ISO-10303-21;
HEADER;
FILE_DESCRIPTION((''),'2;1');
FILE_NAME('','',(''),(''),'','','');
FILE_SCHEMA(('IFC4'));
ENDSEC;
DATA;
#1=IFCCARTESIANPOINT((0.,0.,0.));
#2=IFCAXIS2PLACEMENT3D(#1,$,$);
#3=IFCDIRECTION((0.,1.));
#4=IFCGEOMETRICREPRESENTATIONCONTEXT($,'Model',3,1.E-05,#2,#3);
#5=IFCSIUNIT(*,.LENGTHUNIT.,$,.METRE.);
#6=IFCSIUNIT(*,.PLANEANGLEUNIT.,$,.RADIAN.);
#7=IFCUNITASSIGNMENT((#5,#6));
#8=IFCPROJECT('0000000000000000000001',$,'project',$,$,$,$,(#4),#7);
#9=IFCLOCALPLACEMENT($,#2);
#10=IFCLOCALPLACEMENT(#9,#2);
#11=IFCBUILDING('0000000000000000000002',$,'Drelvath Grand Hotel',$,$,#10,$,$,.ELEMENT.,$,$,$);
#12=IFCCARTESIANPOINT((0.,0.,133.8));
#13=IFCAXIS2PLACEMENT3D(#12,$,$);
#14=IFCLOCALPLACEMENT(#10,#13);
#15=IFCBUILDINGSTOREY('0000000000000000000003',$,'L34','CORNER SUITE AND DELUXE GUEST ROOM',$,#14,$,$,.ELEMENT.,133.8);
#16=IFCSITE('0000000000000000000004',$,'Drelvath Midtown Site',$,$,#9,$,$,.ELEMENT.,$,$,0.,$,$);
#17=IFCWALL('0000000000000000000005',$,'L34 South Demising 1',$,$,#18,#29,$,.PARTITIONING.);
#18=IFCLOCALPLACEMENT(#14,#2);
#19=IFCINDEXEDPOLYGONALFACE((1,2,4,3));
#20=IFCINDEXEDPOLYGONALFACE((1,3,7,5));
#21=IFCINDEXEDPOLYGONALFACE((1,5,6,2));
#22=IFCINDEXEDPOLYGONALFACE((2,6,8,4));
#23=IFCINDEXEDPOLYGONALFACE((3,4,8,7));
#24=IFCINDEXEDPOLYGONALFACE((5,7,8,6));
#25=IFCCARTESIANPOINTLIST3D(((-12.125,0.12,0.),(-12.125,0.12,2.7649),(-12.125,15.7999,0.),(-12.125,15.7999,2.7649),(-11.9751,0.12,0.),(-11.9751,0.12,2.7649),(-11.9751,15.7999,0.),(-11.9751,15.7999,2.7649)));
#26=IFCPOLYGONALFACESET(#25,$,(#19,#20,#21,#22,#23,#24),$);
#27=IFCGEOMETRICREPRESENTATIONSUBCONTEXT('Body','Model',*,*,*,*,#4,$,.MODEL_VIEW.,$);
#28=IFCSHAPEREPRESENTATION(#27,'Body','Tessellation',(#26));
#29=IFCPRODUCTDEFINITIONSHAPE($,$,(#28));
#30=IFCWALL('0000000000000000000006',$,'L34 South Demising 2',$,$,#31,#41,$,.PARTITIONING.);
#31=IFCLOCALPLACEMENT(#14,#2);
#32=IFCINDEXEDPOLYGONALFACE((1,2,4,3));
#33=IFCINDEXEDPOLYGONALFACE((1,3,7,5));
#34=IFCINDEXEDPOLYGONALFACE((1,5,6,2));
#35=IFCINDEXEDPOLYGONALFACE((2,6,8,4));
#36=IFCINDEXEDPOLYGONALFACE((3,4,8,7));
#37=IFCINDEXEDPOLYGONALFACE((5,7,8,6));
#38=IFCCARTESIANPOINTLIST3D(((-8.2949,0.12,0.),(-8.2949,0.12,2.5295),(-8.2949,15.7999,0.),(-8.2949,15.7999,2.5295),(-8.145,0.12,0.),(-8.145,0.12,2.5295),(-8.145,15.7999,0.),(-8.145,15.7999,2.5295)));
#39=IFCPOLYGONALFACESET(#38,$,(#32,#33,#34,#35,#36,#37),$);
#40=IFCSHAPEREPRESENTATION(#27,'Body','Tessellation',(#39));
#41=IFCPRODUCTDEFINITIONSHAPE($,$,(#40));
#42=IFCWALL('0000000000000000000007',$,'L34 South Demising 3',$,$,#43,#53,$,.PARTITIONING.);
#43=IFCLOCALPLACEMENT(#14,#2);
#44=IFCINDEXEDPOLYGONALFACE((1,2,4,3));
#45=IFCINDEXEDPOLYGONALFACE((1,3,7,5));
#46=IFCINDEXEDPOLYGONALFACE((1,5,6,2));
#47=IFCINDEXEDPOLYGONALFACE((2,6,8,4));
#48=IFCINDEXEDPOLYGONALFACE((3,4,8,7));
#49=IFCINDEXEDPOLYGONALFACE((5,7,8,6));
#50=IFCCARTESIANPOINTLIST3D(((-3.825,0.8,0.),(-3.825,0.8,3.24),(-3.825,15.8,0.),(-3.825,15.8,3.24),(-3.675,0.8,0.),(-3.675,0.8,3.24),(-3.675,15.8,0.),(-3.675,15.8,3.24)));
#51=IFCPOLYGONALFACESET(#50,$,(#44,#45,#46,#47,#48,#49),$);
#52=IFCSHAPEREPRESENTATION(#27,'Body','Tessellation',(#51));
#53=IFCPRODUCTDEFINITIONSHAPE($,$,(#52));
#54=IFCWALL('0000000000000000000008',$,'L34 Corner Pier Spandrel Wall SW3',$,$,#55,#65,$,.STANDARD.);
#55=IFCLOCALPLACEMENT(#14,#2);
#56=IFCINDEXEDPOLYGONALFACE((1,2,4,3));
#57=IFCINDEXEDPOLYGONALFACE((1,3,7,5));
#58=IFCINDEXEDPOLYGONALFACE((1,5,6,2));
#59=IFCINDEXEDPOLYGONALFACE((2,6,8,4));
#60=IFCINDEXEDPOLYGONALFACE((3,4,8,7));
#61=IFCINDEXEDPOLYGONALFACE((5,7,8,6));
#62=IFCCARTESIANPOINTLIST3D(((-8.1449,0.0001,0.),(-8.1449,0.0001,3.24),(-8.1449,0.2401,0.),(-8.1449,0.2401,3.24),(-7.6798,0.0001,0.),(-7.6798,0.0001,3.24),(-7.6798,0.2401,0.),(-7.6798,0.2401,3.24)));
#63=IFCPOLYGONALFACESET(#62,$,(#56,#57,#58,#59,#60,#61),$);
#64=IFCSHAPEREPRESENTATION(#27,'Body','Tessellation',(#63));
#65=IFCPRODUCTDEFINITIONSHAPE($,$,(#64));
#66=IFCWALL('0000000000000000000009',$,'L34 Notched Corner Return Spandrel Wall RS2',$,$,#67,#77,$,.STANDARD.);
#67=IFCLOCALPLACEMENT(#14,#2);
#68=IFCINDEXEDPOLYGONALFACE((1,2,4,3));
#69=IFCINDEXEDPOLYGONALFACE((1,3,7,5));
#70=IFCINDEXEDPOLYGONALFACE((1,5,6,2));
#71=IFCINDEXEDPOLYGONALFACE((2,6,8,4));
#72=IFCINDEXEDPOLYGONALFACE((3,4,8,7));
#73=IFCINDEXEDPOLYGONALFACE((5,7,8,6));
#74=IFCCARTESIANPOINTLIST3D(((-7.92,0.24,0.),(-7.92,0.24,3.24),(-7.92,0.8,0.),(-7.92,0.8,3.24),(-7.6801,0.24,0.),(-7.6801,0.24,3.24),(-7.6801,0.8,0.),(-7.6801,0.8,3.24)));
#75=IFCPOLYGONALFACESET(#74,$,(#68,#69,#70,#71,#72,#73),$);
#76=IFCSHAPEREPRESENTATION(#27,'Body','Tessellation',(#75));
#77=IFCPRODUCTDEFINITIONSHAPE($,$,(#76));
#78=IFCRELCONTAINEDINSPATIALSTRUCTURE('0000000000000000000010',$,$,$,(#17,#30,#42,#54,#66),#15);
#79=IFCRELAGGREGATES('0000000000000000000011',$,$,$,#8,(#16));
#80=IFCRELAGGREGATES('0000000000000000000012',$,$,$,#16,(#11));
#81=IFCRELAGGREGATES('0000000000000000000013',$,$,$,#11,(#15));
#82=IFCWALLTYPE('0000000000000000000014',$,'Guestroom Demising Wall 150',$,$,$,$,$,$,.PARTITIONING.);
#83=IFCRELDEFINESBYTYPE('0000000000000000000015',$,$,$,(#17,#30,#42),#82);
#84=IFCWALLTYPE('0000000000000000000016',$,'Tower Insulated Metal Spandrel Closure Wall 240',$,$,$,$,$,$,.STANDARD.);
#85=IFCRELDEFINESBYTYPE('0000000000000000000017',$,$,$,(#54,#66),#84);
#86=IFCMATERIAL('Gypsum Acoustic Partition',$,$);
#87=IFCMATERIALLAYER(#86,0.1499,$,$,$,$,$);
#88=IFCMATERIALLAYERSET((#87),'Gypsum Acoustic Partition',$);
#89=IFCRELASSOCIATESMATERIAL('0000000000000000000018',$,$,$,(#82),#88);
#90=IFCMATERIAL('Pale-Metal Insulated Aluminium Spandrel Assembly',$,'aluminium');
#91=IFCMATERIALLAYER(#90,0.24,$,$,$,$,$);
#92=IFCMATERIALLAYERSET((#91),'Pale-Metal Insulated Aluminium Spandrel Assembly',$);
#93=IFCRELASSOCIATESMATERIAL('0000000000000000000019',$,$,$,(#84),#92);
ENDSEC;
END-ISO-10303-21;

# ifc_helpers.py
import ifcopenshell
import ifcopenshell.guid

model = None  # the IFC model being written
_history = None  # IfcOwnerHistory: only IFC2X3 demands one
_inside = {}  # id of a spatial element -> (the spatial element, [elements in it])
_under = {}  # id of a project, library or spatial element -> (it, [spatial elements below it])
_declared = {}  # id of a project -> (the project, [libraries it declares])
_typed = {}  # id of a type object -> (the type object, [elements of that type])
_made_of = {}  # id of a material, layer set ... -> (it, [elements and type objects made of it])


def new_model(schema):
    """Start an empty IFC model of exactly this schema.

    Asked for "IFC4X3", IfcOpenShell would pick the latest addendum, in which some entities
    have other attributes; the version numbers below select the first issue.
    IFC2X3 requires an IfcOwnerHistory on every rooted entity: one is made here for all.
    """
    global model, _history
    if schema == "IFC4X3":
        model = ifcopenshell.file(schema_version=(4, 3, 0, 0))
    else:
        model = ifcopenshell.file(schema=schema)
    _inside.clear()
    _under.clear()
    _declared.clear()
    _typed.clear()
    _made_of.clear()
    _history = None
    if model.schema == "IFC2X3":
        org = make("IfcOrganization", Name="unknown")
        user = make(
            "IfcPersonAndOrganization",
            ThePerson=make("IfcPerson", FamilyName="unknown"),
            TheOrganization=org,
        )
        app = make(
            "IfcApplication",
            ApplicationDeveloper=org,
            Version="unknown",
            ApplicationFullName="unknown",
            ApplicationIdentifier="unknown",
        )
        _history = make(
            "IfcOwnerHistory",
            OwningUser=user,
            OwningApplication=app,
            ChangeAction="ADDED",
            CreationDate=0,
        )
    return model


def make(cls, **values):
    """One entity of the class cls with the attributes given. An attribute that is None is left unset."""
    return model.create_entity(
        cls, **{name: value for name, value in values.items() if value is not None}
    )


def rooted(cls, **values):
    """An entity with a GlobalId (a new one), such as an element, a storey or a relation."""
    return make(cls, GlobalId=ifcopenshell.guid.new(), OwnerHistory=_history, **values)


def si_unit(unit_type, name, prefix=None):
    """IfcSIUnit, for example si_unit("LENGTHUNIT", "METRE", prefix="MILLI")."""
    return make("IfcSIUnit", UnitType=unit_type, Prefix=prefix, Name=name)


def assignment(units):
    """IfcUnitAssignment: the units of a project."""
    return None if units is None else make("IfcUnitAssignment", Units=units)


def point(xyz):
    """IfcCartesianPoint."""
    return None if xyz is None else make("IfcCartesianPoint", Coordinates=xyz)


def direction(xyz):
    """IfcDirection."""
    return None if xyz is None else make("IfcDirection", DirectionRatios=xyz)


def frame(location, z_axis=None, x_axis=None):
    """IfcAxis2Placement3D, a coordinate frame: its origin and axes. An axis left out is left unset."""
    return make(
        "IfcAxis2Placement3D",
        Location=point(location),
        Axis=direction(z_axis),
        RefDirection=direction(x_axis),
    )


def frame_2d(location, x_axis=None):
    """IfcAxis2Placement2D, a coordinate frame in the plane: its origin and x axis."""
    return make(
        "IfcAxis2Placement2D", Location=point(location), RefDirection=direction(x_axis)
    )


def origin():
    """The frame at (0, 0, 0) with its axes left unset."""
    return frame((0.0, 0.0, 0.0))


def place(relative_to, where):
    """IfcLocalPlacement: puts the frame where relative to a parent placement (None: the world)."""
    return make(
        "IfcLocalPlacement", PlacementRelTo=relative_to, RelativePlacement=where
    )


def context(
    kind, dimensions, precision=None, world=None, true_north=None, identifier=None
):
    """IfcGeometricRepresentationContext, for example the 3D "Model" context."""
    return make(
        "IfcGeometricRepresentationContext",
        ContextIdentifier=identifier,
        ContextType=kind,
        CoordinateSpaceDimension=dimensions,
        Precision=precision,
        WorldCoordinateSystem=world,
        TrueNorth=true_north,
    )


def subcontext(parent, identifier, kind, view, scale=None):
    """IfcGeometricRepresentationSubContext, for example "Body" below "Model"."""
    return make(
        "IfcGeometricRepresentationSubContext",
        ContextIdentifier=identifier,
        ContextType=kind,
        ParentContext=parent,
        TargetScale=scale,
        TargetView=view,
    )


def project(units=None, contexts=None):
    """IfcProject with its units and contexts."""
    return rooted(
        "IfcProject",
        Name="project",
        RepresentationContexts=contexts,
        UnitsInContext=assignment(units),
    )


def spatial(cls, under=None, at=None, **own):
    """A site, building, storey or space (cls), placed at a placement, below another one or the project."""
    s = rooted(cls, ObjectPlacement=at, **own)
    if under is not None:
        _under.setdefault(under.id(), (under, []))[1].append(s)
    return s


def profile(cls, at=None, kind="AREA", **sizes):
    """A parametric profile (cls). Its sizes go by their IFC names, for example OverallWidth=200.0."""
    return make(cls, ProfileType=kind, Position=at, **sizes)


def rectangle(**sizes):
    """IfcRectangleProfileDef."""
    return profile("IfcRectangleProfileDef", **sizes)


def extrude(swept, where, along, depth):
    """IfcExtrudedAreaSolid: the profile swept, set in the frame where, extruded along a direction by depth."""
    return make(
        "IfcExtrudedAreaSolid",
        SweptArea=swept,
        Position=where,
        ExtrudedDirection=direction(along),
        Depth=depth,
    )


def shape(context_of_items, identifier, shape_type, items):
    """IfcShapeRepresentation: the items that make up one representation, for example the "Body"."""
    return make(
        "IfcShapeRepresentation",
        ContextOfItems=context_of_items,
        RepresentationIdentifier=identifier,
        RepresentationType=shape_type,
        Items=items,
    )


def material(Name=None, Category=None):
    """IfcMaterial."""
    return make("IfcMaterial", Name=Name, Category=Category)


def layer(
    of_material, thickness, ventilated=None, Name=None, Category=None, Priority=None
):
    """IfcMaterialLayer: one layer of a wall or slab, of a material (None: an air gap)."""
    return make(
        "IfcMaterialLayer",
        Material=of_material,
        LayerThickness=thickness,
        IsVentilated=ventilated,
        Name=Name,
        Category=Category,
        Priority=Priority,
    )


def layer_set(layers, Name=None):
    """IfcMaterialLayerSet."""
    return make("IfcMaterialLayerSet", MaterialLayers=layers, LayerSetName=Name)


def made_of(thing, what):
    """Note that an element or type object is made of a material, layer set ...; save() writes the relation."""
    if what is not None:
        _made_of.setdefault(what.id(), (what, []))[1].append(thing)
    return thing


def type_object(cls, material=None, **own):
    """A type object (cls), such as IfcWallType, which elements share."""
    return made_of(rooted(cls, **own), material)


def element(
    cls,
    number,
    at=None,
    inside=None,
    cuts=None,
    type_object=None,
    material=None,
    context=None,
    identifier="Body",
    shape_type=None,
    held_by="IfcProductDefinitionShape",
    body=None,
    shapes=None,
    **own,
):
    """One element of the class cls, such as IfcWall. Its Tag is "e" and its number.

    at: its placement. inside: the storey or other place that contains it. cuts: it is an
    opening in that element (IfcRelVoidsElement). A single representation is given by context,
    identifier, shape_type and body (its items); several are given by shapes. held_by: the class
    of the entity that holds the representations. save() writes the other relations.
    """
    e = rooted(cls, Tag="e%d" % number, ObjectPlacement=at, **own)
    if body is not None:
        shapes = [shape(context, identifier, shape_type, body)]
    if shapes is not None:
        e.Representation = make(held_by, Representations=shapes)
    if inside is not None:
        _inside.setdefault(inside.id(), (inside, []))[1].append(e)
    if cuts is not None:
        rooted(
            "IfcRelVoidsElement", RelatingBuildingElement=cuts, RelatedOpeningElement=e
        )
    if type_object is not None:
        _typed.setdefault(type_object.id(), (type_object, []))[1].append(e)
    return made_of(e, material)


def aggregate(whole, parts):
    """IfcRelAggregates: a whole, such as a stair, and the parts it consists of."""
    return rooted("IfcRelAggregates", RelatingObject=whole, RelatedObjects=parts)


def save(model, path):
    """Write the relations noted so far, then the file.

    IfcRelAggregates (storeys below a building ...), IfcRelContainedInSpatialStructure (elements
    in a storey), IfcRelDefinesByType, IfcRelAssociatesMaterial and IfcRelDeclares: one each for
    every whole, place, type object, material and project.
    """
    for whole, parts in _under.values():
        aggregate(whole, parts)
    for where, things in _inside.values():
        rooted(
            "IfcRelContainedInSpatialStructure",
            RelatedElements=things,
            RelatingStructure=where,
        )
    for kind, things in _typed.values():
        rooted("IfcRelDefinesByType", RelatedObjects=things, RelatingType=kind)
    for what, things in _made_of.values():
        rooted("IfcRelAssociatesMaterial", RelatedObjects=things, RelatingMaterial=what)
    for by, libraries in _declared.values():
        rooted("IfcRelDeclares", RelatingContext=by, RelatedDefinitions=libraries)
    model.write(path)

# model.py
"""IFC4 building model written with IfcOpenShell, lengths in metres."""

from ifc_helpers import new_model, si_unit, direction, frame, frame_2d, origin, place, context, subcontext, project, spatial, rectangle, extrude, material, layer, layer_set, type_object, element, save


model = new_model("IFC4")

# Units and contexts
model_context = context("Model", 3, precision=1e-05, world=origin(), true_north=direction((0.0, 1.0)))
body_context = subcontext(model_context, "Body", "Model", "MODEL_VIEW")
ifc_project = project(units=[si_unit("LENGTHUNIT", "METRE"), si_unit("PLANEANGLEUNIT", "RADIAN")], contexts=[model_context])

# Site, building, storey
site_placement = place(None, origin())
site = spatial("IfcSite", under=ifc_project, at=site_placement, Name="Drelvath Midtown Site", CompositionType="ELEMENT", RefElevation=0.0)
building_placement = place(site_placement, origin())
building = spatial("IfcBuilding", under=site, at=building_placement, Name="Drelvath Grand Hotel", CompositionType="ELEMENT")
storey_placement = place(building_placement, frame((0.0, 0.0, 133.8)))
storey = spatial("IfcBuildingStorey", under=building, at=storey_placement, Name="L34", Description="CORNER SUITE AND DELUXE GUEST ROOM", CompositionType="ELEMENT", Elevation=133.8)

# Walls
ifc_material_1 = material(Name="Gypsum Acoustic Partition")
ifc_layer_1 = layer(ifc_material_1, 0.1499)
ifc_layer_set_1 = layer_set([ifc_layer_1], Name="Gypsum Acoustic Partition")
wall_type_1 = type_object("IfcWallType", Name="Guestroom Demising Wall 150", PredefinedType="PARTITIONING", material=ifc_layer_set_1)
wall_1_placement = place(storey_placement, frame((-12.05, 0.1201, 0.0), z_axis=(0.0, 0.0, 1.0), x_axis=(0.0, 1.0, 0.0)))
element("IfcWall", 1, at=wall_1_placement, inside=storey, type_object=wall_type_1, Name="L34 South Demising 1", PredefinedType="PARTITIONING", context=body_context, shape_type="SweptSolid", body=[
    extrude(rectangle(XDim=15.6799, YDim=0.1499, at=frame_2d((7.8398, 0.0))), origin(), (0.0, 0.0, 1.0), 2.7649),
])
wall_2_placement = place(storey_placement, frame((-8.22, 0.1201, 0.0), z_axis=(0.0, 0.0, 1.0), x_axis=(0.0, 1.0, 0.0)))
element("IfcWall", 2, at=wall_2_placement, inside=storey, type_object=wall_type_1, Name="L34 South Demising 2", PredefinedType="PARTITIONING", context=body_context, shape_type="SweptSolid", body=[
    extrude(rectangle(XDim=15.6799, YDim=0.1499, at=frame_2d((7.8398, 0.0))), origin(), (0.0, 0.0, 1.0), 2.5295),
])
wall_3_placement = place(storey_placement, frame((-3.75, 0.8, 0.0), z_axis=(0.0, 0.0, 1.0), x_axis=(0.0, 1.0, 0.0)))
element("IfcWall", 3, at=wall_3_placement, inside=storey, type_object=wall_type_1, Name="L34 South Demising 3", PredefinedType="PARTITIONING", context=body_context, shape_type="SweptSolid", body=[
    extrude(rectangle(XDim=15.0, YDim=0.1499, at=frame_2d((7.5, 0.0))), origin(), (0.0, 0.0, 1.0), 3.24),
])
ifc_material_2 = material(Name="Pale-Metal Insulated Aluminium Spandrel Assembly", Category="aluminium")
ifc_layer_2 = layer(ifc_material_2, 0.24)
ifc_layer_set_2 = layer_set([ifc_layer_2], Name="Pale-Metal Insulated Aluminium Spandrel Assembly")
wall_type_2 = type_object("IfcWallType", Name="Tower Insulated Metal Spandrel Closure Wall 240", PredefinedType="STANDARD", material=ifc_layer_set_2)
wall_4_placement = place(storey_placement, frame((-7.6799, 0.1201, 0.0), z_axis=(0.0, 0.0, 1.0), x_axis=(-1.0, 0.0, 0.0)))
element("IfcWall", 4, at=wall_4_placement, inside=storey, type_object=wall_type_2, Name="L34 Corner Pier Spandrel Wall SW3", PredefinedType="STANDARD", context=body_context, shape_type="SweptSolid", body=[
    extrude(rectangle(XDim=0.4651, YDim=0.24, at=frame_2d((0.2324, 0.0))), origin(), (0.0, 0.0, 1.0), 3.24),
])
wall_5_placement = place(storey_placement, frame((-7.8, 0.8, 0.0), z_axis=(0.0, 0.0, 1.0), x_axis=(0.0, -1.0, 0.0)))
element("IfcWall", 5, at=wall_5_placement, inside=storey, type_object=wall_type_2, Name="L34 Notched Corner Return Spandrel Wall RS2", PredefinedType="STANDARD", context=body_context, shape_type="SweptSolid", body=[
    extrude(rectangle(XDim=0.5601, YDim=0.24, at=frame_2d((0.28, 0.0))), origin(), (0.0, 0.0, 1.0), 3.24),
])

save(model, "model.ifc")
